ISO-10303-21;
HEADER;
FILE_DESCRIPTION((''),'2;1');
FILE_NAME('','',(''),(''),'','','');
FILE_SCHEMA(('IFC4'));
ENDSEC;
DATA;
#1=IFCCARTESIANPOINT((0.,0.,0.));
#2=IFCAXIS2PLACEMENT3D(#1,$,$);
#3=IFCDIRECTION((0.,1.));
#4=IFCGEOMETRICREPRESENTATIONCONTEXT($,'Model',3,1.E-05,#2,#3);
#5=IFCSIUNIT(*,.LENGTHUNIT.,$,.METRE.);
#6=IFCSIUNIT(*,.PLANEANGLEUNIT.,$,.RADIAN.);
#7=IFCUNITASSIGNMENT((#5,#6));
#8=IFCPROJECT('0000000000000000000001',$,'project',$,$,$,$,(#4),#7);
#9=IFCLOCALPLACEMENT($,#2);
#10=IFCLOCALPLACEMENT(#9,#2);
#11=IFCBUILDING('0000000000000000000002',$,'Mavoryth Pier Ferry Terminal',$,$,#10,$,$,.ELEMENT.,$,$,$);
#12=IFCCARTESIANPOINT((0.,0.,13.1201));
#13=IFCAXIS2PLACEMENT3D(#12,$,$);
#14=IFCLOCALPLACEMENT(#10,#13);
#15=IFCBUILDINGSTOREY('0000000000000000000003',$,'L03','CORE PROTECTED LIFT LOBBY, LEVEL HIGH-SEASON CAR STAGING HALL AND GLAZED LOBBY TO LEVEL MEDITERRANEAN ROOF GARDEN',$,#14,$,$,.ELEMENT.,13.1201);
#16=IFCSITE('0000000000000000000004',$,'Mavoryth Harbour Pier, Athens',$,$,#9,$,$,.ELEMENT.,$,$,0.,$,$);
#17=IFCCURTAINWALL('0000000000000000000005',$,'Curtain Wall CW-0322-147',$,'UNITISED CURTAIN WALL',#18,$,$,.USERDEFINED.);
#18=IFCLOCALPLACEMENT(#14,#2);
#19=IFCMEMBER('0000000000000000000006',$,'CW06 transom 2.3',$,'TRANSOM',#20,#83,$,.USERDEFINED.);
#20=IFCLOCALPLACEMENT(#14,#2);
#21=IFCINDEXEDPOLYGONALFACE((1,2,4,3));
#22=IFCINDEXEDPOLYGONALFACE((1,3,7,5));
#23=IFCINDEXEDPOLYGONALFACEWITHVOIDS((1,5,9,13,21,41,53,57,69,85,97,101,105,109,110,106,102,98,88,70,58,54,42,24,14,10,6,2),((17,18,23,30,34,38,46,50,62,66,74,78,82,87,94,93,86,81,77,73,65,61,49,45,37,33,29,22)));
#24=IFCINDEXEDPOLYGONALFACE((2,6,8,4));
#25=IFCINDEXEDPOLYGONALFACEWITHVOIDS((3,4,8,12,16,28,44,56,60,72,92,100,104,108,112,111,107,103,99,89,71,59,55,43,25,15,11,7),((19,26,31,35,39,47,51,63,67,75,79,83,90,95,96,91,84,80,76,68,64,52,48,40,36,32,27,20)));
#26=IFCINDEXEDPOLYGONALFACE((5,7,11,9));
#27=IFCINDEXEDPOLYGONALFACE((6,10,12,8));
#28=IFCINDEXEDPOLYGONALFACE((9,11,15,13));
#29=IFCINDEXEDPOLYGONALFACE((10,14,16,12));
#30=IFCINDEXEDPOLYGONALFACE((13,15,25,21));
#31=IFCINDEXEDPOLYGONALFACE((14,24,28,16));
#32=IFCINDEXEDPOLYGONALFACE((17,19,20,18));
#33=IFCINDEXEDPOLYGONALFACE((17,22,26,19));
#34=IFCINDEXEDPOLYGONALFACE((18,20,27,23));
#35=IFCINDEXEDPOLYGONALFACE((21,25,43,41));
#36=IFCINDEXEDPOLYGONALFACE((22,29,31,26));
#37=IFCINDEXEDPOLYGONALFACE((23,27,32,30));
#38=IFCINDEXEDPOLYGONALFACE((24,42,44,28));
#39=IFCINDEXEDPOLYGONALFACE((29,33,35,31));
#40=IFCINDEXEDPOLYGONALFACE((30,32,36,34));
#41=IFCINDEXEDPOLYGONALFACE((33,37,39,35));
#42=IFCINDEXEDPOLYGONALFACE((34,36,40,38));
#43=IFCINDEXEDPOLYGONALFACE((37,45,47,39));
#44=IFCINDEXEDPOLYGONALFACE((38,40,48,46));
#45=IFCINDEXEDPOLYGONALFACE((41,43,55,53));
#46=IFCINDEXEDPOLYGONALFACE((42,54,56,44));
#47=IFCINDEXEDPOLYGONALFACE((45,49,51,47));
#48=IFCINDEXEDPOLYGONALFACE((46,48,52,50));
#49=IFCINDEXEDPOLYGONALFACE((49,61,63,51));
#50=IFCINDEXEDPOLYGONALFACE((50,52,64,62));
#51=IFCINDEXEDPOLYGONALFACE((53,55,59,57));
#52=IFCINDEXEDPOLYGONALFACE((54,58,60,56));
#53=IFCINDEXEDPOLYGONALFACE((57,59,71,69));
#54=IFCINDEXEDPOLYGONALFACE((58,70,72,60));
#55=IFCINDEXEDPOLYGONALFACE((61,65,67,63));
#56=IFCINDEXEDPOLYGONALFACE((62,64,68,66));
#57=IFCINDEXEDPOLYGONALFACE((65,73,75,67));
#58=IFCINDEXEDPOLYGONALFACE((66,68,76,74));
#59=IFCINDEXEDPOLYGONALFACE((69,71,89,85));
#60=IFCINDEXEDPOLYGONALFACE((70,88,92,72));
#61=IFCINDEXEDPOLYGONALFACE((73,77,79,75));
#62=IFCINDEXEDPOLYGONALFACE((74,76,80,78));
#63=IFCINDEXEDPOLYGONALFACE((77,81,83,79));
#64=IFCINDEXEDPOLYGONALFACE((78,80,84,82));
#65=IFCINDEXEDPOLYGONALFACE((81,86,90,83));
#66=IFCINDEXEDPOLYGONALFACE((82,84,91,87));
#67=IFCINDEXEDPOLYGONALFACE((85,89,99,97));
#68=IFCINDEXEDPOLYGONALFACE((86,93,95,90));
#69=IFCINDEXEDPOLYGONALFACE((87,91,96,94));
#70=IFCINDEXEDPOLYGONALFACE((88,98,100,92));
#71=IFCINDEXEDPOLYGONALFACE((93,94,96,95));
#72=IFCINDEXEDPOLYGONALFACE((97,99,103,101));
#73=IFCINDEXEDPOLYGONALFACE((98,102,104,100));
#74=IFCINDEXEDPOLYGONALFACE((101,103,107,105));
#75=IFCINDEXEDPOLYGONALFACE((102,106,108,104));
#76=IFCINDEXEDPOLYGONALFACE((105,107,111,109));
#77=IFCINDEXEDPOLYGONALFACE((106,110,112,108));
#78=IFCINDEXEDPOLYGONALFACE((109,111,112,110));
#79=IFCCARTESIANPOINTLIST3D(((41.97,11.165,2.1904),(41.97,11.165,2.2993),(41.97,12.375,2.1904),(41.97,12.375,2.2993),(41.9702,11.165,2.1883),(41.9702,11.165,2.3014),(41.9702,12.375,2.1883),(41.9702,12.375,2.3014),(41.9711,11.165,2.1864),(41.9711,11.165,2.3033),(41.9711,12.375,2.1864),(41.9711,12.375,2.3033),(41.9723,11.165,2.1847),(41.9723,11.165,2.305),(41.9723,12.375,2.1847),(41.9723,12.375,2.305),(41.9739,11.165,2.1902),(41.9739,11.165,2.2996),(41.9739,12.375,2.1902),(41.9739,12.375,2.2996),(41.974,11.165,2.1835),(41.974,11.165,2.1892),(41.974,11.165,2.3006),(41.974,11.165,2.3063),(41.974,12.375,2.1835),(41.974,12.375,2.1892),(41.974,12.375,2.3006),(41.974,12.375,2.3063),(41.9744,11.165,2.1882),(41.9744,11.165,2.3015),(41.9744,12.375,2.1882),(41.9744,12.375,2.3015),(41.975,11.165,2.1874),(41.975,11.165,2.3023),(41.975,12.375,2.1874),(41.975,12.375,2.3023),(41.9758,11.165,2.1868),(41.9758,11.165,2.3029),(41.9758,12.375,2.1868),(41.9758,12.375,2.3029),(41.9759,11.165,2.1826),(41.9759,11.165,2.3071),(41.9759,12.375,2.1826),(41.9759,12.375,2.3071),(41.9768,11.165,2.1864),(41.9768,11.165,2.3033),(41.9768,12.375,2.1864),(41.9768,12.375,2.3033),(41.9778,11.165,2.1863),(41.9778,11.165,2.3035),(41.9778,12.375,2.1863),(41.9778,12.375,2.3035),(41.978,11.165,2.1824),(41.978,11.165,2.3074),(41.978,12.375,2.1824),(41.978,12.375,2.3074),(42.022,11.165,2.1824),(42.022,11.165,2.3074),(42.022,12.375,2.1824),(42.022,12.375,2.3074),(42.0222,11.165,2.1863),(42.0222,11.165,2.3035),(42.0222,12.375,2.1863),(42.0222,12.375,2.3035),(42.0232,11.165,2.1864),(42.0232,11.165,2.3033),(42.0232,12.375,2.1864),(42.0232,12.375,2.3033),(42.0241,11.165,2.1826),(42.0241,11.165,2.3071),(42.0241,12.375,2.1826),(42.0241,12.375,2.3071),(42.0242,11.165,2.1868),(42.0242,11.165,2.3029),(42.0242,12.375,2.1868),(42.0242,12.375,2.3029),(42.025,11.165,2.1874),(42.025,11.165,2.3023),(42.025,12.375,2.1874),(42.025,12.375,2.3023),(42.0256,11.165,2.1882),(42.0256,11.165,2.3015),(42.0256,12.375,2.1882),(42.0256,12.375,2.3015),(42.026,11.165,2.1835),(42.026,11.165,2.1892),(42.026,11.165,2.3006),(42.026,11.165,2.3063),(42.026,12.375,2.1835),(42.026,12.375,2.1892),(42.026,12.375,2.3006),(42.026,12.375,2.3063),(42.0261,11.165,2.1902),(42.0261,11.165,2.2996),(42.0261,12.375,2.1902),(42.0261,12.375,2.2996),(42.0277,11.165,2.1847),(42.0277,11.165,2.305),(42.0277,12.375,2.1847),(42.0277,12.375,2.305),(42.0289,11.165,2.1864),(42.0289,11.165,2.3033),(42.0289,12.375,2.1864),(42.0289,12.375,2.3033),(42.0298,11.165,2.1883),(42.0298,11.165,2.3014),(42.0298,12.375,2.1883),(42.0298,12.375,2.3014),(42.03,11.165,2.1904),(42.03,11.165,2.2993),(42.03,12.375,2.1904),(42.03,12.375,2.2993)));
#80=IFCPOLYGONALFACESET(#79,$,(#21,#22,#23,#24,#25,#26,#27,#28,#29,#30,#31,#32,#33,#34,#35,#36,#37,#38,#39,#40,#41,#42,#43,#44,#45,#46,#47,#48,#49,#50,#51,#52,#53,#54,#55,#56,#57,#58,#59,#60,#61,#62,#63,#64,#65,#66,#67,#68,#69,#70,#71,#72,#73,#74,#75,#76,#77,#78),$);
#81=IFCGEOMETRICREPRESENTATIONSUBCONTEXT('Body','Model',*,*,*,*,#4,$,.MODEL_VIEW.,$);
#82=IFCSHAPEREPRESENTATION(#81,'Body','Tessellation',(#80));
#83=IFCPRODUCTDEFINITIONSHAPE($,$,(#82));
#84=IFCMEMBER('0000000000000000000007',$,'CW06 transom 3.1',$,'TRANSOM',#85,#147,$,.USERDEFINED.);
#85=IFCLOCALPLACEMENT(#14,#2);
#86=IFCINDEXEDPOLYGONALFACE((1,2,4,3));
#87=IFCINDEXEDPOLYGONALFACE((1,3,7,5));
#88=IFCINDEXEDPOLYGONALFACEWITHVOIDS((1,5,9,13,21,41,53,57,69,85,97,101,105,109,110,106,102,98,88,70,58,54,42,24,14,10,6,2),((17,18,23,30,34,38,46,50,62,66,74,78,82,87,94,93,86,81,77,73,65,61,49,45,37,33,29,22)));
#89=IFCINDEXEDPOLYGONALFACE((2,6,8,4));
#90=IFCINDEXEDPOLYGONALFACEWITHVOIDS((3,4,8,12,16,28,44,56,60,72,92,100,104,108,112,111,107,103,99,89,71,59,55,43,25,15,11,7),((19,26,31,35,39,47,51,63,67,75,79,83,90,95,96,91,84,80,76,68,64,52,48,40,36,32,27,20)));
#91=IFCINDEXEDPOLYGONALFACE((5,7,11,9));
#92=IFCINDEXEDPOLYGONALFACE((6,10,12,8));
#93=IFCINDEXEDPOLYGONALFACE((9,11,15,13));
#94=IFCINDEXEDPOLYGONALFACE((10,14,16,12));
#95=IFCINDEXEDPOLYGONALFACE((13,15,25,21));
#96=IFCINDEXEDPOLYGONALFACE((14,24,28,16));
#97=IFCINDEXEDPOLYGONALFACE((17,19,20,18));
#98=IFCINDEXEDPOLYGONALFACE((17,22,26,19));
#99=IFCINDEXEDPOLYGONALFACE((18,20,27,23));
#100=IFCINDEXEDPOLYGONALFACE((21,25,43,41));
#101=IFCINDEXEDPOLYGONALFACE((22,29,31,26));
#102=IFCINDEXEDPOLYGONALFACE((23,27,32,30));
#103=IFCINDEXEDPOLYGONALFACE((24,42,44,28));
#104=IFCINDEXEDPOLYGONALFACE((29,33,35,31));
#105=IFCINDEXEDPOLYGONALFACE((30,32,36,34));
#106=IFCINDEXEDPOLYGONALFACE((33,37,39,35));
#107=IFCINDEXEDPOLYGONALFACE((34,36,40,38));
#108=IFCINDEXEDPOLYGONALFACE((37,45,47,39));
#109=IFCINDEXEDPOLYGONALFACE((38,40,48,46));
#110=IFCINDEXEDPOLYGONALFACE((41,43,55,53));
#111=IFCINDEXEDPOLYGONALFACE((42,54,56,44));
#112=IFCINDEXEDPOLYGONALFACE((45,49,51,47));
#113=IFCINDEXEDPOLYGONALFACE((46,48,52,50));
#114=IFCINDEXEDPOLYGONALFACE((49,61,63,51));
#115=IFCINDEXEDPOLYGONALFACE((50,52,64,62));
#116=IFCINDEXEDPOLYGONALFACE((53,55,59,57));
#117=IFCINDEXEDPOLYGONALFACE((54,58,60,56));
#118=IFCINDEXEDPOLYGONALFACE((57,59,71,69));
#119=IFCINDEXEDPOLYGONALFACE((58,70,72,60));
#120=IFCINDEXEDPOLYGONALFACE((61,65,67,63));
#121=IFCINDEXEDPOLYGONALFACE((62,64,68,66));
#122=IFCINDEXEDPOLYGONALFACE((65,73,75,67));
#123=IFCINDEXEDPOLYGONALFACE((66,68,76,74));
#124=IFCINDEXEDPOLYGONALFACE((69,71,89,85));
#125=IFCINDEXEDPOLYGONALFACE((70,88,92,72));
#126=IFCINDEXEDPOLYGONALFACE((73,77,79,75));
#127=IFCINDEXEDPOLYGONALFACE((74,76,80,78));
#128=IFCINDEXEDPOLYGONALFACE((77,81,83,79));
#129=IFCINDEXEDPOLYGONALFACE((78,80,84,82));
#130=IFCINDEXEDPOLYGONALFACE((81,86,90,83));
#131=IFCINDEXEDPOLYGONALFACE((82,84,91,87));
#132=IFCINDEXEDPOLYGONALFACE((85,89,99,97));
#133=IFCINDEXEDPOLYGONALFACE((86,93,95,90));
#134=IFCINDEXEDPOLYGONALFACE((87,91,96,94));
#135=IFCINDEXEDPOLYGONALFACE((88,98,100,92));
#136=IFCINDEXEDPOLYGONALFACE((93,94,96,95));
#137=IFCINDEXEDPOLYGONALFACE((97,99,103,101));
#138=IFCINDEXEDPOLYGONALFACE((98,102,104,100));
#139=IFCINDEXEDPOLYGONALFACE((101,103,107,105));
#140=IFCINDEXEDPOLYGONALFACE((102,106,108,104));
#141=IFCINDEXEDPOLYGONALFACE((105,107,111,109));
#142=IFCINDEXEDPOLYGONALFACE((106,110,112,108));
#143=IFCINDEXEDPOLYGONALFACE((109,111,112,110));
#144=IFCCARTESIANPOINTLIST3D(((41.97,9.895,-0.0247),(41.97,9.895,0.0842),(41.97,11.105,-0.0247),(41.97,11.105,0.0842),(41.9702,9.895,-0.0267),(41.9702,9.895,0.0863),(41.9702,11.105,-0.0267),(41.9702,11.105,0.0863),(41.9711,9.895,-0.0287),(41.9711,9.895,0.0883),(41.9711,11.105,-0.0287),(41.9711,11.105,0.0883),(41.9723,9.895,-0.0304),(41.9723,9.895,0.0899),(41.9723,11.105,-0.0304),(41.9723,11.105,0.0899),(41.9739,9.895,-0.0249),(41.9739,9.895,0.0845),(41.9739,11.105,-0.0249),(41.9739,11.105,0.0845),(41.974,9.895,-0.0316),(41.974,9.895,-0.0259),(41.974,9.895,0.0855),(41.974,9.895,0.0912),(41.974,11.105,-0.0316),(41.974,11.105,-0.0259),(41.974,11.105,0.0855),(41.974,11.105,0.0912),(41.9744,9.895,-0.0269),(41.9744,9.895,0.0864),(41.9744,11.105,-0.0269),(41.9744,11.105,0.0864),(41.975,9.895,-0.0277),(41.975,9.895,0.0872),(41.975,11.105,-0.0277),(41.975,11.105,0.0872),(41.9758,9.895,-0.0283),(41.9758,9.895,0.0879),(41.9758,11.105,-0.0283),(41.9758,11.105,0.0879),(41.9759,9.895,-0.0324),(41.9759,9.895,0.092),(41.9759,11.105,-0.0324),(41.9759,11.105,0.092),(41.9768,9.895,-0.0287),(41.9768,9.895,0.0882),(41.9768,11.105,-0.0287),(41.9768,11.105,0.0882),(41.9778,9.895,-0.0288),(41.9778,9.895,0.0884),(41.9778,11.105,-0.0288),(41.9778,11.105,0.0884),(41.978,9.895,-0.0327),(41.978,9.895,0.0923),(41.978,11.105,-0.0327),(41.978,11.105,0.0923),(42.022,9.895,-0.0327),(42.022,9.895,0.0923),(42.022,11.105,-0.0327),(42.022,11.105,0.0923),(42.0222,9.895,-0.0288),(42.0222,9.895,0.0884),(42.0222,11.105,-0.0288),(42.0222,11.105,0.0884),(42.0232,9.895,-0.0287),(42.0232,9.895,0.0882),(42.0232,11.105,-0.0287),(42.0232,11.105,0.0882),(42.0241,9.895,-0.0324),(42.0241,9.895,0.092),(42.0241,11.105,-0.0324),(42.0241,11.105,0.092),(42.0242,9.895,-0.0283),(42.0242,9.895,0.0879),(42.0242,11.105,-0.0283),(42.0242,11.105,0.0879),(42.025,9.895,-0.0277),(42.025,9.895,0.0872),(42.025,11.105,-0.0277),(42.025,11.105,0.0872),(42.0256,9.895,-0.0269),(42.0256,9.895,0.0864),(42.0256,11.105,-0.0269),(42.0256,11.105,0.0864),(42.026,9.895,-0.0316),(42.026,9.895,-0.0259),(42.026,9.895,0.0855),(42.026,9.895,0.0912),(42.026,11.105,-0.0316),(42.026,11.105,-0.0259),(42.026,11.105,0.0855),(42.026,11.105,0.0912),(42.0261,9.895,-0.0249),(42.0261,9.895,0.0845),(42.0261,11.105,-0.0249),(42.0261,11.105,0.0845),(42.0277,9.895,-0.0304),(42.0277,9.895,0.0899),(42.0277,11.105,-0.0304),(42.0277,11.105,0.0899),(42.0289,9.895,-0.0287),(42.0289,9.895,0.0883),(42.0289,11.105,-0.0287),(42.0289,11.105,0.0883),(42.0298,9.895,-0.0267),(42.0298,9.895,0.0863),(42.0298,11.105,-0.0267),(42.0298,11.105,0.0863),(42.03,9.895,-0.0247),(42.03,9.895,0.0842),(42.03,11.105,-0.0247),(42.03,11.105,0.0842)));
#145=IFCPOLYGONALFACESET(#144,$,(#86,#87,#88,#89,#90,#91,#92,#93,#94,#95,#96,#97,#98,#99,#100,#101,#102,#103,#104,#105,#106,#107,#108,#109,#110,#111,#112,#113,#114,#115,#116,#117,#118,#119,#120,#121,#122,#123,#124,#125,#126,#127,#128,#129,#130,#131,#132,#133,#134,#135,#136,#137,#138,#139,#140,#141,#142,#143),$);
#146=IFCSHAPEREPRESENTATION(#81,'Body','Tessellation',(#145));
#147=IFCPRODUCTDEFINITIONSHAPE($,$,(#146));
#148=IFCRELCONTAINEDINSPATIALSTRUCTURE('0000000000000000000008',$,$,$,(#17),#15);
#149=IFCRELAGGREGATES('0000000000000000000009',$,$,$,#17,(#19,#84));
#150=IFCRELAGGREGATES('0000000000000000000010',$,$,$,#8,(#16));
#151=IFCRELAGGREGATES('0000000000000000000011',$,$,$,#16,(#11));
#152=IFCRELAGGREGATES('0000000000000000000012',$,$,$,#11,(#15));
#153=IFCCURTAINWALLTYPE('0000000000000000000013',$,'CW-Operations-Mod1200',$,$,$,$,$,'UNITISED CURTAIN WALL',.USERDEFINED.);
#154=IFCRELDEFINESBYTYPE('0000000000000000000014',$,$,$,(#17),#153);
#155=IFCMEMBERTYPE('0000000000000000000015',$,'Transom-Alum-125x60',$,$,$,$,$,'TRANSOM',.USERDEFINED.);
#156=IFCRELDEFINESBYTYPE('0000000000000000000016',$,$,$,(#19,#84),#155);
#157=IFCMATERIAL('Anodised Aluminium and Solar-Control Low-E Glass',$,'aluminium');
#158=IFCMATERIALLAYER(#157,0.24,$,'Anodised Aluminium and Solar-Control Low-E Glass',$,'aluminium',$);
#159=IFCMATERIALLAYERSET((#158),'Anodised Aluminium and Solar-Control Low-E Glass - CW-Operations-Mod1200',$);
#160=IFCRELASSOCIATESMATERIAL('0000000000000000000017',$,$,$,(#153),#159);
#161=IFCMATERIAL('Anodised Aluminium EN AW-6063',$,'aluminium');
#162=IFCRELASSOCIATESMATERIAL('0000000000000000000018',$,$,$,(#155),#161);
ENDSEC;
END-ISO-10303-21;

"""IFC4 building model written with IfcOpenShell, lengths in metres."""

from ifc_helpers import new_model, si_unit, direction, frame, origin, origin_2d, place, context, subcontext, project, spatial, hollow_rectangle, extrude, material, layer, layer_set, material_profile, profile_set, type_object, element, aggregate, save


model = new_model("IFC4")

# Units and contexts
model_context = context("Model", 3, precision=1e-05, world=origin(), true_north=direction((0.0, 1.0)))
body_context = subcontext(model_context, "Body", "Model", "MODEL_VIEW")
ifc_project = project(units=[si_unit("LENGTHUNIT", "METRE"), si_unit("PLANEANGLEUNIT", "RADIAN")], contexts=[model_context])

# Site, building, storey
site_placement = place(None, origin())
site = spatial("IfcSite", under=ifc_project, at=site_placement, Name="Mavoryth Harbour Pier, Athens", CompositionType="ELEMENT", RefElevation=0.0)
building_placement = place(site_placement, origin())
building = spatial("IfcBuilding", under=site, at=building_placement, Name="Mavoryth Pier Ferry Terminal", CompositionType="ELEMENT")
storey_placement = place(building_placement, frame((0.0, 0.0, 13.1201)))
storey = spatial("IfcBuildingStorey", under=building, at=storey_placement, Name="L03", Description="CORE PROTECTED LIFT LOBBY, LEVEL HIGH-SEASON CAR STAGING HALL AND GLAZED LOBBY TO LEVEL MEDITERRANEAN ROOF GARDEN", CompositionType="ELEMENT", Elevation=13.1201)

# Curtain wall
ifc_material_1 = material(Name="Anodised Aluminium and Solar-Control Low-E Glass", Category="aluminium")
ifc_layer_1 = layer(ifc_material_1, 0.24, Name="Anodised Aluminium and Solar-Control Low-E Glass", Category="aluminium")
ifc_layer_set_1 = layer_set([ifc_layer_1], Name="Anodised Aluminium and Solar-Control Low-E Glass - CW-Operations-Mod1200")
curtain_wall_type = type_object("IfcCurtainWallType", Name="CW-Operations-Mod1200", ElementType="UNITISED CURTAIN WALL", PredefinedType="USERDEFINED", material=ifc_layer_set_1)
curtain_wall_1_placement = place(storey_placement, origin())
curtain_wall_1 = element("IfcCurtainWall", 1, at=curtain_wall_1_placement, inside=storey, type_object=curtain_wall_type, Name="Curtain Wall CW-0322-147", ObjectType="UNITISED CURTAIN WALL", PredefinedType="USERDEFINED")
ifc_material_2 = material(Name="Anodised Aluminium EN AW-6063", Category="aluminium")

# Members
ifc_material_profile_1 = material_profile(ifc_material_2, hollow_rectangle(XDim=0.0601, YDim=0.125, WallThickness=0.0039, InnerFilletRadius=0.0039, OuterFilletRadius=0.0081, at=origin_2d()), Name="AL-TRAN 125x60x4", Category="aluminium")
ifc_profile_set_1 = profile_set([ifc_material_profile_1], Name="Anodised Aluminium EN AW-6063 - AL-TRAN 125x60x4")
member_type_1 = type_object("IfcMemberType", Name="Transom-Alum-125x60", ElementType="TRANSOM", PredefinedType="USERDEFINED", material=ifc_profile_set_1)
member_1_placement = place(storey_placement, frame((42.0, 12.375, 2.2449), z_axis=(0.0, -1.0, 0.0), x_axis=(1.0, 0.0, 0.0)))
member_1 = element("IfcMember", 2, at=member_1_placement, type_object=member_type_1, Name="CW06 transom 2.3", ObjectType="TRANSOM", PredefinedType="USERDEFINED", context=body_context, shape_type="SweptSolid", body=[
    extrude(hollow_rectangle(XDim=0.0601, YDim=0.125, WallThickness=0.0039, InnerFilletRadius=0.0039, OuterFilletRadius=0.0081, at=origin_2d()), origin(), (0.0, 0.0, 1.0), 1.21),
])
member_2_placement = place(storey_placement, frame((42.0, 11.105, 0.0298), z_axis=(0.0, -1.0, 0.0), x_axis=(1.0, 0.0, 0.0)))
member_2 = element("IfcMember", 3, at=member_2_placement, type_object=member_type_1, Name="CW06 transom 3.1", ObjectType="TRANSOM", PredefinedType="USERDEFINED", context=body_context, shape_type="SweptSolid", body=[
    extrude(hollow_rectangle(XDim=0.0601, YDim=0.125, WallThickness=0.0039, InnerFilletRadius=0.0039, OuterFilletRadius=0.0081, at=origin_2d()), origin(), (0.0, 0.0, 1.0), 1.21),
])

aggregate(curtain_wall_1, [member_1, member_2])

save(model, "model.ifc")
